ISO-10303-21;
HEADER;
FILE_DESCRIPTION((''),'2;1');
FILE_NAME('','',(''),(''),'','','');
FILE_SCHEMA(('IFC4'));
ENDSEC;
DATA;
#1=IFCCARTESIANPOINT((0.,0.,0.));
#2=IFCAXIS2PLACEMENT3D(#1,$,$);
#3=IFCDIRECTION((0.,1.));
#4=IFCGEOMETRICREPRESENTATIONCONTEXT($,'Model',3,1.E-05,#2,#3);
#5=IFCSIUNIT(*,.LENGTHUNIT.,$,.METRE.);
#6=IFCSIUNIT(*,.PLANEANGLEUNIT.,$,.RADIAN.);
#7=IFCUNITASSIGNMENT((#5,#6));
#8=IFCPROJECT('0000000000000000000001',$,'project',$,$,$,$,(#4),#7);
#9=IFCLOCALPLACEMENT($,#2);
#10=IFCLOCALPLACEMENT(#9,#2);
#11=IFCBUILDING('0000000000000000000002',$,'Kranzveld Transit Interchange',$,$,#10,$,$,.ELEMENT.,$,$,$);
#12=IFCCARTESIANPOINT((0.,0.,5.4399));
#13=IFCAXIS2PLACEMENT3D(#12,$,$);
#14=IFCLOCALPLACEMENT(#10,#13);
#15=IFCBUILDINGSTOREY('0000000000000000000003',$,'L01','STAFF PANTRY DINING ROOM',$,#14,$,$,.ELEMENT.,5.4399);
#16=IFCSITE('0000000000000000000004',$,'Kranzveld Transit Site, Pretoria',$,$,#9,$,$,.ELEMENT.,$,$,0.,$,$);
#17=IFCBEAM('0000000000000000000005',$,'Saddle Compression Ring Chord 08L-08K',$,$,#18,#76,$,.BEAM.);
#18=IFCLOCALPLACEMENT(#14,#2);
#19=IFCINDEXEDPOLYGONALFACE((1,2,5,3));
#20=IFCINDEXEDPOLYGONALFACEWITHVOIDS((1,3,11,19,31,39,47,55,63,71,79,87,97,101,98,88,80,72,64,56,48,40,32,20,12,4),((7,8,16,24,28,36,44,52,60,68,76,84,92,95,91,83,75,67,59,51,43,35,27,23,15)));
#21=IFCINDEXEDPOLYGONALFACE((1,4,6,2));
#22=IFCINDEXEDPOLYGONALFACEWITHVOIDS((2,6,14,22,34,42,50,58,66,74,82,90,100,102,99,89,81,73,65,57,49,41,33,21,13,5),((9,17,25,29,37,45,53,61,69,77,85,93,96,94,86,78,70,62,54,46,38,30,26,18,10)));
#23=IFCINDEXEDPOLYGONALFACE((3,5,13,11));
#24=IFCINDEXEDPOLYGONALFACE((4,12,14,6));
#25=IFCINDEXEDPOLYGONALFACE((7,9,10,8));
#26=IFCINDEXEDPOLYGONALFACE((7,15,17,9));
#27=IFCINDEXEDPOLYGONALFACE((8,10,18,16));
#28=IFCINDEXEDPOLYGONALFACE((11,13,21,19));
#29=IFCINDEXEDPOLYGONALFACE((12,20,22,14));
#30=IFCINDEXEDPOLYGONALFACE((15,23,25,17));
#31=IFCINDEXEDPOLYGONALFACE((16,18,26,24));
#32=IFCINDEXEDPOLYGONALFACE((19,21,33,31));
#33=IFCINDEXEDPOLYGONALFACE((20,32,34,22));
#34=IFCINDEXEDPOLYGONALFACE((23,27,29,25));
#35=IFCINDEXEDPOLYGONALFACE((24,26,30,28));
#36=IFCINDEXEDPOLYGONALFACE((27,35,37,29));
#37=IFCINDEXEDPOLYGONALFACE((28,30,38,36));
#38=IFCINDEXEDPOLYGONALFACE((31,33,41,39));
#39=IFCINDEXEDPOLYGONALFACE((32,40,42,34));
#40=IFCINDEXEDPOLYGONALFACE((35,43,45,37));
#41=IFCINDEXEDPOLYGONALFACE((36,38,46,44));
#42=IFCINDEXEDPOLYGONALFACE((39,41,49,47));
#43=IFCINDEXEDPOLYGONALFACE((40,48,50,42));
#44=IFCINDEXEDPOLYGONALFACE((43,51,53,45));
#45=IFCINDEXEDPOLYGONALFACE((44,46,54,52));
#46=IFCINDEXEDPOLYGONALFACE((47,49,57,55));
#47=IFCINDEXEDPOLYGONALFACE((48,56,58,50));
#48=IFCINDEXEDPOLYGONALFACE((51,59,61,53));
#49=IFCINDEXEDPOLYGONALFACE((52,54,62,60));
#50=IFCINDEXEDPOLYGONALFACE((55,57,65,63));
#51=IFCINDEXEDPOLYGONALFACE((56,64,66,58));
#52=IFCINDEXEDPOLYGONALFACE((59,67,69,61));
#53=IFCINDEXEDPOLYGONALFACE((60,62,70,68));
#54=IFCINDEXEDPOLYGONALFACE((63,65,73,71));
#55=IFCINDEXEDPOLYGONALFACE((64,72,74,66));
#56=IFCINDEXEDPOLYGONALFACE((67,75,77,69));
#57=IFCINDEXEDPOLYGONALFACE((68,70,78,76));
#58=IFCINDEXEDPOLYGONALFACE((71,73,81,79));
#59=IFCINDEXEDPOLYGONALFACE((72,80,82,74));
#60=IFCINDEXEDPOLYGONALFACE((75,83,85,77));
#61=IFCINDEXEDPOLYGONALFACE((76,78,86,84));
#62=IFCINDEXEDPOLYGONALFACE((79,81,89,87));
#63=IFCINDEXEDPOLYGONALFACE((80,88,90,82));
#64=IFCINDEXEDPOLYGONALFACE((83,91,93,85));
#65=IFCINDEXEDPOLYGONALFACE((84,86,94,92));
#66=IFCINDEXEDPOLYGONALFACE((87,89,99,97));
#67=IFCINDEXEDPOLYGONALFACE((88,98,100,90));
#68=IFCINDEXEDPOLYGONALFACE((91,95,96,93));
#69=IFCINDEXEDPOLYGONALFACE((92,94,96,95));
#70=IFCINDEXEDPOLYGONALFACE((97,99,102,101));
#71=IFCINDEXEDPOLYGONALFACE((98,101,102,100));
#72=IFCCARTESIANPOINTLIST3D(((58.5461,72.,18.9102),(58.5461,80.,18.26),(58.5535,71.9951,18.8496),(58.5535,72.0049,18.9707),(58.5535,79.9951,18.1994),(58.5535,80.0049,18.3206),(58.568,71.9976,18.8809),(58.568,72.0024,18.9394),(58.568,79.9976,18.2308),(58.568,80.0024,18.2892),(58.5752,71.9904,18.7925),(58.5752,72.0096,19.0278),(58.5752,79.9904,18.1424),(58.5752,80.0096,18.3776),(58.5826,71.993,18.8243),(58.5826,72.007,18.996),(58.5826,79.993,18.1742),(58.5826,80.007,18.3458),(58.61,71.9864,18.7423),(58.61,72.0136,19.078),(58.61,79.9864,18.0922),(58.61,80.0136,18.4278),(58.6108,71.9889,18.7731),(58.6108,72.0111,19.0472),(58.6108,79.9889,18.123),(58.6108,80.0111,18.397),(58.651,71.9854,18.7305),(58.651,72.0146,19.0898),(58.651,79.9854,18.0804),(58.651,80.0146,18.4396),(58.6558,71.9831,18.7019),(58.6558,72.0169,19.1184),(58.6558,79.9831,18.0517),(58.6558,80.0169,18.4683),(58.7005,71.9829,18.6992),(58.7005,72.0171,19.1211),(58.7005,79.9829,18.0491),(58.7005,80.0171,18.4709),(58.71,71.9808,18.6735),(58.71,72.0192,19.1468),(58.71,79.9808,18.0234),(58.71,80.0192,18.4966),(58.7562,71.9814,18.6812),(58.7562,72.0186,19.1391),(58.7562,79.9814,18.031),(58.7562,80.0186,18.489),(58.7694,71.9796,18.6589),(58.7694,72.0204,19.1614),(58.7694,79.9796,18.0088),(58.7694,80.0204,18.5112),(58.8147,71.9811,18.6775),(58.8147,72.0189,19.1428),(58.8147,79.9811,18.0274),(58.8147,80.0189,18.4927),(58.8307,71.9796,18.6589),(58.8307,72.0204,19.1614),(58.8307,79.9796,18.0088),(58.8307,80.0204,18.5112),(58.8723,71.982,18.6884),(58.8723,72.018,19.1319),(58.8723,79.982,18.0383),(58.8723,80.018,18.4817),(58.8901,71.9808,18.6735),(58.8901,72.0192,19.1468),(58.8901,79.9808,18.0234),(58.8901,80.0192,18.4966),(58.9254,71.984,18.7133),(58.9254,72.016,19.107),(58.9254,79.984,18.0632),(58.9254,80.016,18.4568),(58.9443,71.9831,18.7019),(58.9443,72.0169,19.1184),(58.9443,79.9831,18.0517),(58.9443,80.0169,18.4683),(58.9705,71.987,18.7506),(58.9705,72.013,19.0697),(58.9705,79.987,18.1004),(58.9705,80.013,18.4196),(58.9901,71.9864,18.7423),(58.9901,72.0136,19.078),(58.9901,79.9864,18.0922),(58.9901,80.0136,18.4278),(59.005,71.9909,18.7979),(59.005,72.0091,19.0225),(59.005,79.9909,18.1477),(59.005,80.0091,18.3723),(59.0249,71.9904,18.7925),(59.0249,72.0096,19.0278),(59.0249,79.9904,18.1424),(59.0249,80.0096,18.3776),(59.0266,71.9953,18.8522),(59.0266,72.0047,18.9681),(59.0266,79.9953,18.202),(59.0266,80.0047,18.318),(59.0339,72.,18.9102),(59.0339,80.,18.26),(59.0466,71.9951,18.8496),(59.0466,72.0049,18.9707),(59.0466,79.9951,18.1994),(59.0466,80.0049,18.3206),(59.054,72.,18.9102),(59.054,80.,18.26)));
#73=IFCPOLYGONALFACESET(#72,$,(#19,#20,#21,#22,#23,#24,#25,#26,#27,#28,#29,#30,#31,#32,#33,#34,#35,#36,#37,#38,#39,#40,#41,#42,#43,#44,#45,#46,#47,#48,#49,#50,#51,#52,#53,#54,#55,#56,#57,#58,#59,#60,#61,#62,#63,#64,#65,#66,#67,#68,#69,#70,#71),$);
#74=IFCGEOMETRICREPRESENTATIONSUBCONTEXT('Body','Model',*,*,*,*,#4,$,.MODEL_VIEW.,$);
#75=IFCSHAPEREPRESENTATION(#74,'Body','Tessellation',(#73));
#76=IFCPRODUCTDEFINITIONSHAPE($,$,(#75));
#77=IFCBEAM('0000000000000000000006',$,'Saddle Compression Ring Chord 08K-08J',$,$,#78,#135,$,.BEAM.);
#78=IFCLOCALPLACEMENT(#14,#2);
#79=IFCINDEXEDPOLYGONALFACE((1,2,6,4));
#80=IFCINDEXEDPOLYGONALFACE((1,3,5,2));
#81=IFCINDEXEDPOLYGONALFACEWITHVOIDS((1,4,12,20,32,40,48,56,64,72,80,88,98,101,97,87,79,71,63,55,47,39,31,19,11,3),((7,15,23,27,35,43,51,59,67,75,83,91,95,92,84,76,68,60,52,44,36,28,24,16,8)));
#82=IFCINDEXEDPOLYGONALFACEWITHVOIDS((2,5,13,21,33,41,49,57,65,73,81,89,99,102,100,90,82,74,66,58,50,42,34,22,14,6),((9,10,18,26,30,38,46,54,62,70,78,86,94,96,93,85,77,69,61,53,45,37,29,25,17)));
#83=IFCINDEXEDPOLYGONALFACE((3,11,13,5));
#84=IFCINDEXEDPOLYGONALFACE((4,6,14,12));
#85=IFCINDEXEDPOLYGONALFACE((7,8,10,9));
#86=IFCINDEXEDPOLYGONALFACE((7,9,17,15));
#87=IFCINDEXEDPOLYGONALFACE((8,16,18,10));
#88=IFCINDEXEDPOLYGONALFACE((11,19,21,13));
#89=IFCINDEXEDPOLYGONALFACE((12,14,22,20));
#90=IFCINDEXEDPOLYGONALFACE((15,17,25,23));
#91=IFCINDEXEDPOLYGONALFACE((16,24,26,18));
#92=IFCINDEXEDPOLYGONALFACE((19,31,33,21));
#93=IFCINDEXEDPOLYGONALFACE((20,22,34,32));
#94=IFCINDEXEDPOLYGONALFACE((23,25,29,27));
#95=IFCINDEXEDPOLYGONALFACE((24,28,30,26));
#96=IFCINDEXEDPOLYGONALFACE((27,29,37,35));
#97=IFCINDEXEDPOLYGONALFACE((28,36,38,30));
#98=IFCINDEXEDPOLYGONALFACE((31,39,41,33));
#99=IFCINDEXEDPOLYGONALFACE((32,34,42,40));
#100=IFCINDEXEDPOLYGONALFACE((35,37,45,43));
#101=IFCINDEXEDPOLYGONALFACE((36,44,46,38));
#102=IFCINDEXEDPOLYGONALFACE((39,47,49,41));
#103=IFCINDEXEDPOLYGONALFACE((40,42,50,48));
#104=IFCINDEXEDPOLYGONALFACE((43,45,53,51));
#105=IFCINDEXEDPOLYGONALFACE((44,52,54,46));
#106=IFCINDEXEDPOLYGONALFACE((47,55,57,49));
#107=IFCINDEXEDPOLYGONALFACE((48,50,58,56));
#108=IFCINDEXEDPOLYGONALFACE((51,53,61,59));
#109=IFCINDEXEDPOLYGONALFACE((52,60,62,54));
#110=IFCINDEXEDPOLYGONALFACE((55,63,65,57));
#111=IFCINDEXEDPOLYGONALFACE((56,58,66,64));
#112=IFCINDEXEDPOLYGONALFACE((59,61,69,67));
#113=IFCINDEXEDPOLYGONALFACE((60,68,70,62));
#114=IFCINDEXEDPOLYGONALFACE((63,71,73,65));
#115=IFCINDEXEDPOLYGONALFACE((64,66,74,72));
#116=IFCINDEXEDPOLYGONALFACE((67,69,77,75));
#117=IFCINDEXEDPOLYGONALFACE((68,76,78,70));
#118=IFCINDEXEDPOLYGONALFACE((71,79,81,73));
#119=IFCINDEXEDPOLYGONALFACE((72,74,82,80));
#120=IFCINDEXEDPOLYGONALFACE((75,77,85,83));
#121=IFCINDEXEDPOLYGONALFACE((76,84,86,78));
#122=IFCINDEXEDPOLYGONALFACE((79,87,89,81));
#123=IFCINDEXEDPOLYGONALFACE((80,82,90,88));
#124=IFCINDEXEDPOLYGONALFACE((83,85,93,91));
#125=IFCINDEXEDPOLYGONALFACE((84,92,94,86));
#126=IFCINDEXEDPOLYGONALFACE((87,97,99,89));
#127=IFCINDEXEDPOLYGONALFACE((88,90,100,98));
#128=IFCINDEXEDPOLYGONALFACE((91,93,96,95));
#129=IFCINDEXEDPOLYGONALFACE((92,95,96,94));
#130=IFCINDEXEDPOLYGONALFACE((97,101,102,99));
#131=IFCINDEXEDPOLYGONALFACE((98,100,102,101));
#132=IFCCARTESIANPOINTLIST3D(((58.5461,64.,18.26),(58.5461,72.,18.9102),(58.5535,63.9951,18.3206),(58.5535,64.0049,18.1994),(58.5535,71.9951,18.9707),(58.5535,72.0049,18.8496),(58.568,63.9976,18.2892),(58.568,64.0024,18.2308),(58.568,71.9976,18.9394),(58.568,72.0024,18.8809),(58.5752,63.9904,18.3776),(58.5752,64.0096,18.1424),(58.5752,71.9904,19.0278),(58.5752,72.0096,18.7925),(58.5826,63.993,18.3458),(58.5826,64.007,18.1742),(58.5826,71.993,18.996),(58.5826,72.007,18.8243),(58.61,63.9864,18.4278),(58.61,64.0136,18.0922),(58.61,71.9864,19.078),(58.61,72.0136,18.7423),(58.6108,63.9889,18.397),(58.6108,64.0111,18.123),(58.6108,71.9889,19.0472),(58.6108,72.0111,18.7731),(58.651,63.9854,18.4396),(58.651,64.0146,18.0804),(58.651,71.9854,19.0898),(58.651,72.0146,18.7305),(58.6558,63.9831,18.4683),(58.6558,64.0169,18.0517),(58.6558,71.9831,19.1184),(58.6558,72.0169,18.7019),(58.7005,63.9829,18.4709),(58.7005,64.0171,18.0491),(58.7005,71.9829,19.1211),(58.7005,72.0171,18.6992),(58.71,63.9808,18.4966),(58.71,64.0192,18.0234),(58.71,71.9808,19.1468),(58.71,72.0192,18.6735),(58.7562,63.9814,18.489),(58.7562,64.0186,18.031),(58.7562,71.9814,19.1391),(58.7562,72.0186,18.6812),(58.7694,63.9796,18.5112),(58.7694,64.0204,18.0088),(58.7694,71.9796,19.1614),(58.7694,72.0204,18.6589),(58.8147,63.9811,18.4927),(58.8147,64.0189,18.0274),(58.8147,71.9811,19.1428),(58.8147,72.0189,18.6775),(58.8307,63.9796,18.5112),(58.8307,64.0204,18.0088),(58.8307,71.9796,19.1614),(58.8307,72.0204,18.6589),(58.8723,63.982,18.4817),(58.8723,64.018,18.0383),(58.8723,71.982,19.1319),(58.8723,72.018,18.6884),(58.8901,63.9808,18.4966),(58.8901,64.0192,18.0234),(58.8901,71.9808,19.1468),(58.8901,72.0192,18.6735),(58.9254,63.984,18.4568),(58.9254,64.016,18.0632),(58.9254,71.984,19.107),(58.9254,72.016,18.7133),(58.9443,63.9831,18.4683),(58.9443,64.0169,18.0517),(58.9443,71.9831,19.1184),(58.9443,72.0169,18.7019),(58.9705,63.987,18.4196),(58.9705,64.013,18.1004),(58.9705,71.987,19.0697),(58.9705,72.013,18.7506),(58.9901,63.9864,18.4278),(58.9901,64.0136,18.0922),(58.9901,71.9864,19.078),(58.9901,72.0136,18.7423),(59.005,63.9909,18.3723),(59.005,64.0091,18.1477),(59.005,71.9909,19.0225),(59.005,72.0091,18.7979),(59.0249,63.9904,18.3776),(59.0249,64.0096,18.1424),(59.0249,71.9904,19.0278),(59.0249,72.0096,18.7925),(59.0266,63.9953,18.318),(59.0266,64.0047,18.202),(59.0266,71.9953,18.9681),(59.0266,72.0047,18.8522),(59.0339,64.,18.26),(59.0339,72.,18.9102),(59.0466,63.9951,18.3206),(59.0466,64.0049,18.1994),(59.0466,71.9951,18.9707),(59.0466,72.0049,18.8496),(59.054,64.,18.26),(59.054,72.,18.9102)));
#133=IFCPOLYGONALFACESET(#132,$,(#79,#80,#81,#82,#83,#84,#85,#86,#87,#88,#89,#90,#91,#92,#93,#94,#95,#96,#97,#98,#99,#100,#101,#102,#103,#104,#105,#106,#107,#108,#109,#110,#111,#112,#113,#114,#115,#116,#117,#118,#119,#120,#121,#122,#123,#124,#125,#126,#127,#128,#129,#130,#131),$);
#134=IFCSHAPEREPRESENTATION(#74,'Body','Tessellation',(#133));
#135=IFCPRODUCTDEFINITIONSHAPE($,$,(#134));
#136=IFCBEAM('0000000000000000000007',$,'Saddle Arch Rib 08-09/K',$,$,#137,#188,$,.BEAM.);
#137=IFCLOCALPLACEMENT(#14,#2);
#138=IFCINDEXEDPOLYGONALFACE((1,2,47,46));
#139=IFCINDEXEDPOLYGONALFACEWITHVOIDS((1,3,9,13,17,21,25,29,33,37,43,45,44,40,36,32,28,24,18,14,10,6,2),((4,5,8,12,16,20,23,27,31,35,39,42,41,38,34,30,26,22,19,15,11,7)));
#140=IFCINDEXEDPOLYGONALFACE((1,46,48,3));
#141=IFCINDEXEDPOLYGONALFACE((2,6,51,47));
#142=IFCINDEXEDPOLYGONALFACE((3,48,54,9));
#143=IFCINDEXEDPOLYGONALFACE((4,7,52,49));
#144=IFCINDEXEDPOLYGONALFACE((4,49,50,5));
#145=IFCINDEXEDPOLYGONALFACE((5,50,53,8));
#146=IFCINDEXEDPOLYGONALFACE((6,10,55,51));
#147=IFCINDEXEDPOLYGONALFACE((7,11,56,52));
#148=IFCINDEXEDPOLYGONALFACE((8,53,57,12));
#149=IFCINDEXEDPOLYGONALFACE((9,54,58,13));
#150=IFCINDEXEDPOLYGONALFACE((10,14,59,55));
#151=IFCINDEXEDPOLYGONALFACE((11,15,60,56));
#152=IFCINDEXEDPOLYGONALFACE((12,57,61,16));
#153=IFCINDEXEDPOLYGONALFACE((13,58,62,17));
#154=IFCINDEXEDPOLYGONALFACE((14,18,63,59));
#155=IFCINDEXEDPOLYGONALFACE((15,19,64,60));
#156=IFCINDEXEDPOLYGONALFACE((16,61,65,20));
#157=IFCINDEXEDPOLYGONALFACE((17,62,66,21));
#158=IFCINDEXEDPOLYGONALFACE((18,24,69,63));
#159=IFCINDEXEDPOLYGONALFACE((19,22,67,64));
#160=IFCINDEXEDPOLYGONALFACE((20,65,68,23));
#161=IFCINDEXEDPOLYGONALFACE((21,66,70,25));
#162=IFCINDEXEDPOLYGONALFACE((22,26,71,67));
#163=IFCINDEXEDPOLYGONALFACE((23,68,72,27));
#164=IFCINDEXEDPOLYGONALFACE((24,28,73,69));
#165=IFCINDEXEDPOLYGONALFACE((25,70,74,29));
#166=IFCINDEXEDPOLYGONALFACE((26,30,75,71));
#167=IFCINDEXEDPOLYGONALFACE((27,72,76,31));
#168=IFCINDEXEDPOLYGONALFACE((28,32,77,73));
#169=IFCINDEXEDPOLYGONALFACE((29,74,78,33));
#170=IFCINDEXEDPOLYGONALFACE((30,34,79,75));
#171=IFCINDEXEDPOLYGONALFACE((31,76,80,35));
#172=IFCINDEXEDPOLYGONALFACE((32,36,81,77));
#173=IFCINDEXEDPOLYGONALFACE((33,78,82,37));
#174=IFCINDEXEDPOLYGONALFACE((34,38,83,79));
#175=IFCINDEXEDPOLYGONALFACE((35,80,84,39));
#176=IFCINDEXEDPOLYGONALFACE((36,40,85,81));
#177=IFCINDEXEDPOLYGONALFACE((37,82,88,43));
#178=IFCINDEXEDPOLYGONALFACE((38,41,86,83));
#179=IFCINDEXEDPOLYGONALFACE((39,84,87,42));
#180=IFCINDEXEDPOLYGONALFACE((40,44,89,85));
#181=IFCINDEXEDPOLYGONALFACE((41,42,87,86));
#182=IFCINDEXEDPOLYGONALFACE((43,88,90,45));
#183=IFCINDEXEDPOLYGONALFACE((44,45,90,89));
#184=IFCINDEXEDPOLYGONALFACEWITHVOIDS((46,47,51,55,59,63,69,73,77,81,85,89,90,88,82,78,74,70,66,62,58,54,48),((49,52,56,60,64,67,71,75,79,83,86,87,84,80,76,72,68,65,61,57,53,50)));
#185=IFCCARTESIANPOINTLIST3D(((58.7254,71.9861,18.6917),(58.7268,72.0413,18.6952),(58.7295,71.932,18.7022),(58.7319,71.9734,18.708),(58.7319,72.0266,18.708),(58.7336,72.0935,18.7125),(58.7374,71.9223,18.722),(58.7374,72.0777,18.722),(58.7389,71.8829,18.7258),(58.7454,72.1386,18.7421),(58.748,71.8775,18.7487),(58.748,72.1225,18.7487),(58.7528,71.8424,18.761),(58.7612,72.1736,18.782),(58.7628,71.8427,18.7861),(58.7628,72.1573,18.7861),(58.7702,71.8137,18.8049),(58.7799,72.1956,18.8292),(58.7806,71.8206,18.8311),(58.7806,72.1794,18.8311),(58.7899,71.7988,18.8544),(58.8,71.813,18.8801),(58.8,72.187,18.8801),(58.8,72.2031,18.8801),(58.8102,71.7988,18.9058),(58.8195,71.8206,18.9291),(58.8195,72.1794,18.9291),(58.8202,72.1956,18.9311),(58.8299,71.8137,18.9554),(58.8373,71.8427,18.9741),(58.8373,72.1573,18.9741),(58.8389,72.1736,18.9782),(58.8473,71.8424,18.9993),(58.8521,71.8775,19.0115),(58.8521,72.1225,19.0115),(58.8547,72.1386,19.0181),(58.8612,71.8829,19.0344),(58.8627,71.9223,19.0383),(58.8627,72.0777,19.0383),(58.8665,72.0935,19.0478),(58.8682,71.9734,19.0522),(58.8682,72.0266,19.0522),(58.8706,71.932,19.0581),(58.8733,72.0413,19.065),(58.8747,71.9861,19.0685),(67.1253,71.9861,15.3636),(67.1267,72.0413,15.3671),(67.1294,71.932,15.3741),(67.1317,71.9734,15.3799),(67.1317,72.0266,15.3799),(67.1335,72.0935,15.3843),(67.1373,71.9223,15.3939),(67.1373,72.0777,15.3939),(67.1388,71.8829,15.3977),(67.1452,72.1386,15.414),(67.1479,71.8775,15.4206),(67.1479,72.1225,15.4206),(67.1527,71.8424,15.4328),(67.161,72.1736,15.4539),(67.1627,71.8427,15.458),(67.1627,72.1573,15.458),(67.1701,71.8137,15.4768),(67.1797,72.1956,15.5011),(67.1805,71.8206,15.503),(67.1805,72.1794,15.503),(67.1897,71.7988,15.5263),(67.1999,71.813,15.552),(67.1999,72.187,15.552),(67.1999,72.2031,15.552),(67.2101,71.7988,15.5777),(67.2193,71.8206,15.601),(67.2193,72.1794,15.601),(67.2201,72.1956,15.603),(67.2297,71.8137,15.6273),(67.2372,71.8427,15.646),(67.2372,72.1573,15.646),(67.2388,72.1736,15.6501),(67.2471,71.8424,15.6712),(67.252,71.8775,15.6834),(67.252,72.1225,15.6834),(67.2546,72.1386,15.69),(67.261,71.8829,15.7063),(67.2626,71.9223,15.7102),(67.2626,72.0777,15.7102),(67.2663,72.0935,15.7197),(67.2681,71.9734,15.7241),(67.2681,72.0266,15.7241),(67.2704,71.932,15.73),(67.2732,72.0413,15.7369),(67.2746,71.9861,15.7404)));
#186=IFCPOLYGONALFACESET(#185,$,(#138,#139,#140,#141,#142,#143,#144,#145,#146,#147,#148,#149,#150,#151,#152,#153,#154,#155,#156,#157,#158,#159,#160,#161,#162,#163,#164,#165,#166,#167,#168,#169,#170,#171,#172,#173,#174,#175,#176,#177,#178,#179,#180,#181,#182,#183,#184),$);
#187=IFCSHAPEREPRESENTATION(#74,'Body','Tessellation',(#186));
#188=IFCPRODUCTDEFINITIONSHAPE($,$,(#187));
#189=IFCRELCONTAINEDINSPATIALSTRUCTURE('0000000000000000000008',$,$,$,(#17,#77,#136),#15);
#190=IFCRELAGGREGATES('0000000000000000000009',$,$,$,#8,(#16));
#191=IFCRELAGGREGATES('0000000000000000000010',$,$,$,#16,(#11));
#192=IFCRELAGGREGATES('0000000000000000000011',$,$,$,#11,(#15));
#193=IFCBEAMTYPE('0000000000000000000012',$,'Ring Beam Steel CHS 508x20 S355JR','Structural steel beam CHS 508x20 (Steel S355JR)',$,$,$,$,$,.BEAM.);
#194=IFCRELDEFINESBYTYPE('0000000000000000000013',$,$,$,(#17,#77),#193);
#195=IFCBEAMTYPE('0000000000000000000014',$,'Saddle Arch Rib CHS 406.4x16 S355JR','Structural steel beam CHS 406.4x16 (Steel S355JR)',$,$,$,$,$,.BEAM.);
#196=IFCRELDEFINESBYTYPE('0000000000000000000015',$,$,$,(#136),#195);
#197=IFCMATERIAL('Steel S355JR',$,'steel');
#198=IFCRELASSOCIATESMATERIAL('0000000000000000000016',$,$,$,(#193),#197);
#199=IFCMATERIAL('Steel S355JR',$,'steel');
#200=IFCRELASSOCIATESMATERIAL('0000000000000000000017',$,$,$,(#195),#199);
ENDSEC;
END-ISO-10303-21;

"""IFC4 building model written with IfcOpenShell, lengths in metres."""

from ifc_helpers import new_model, si_unit, direction, frame, origin, origin_2d, place, context, subcontext, project, spatial, hollow_circle, extrude, material, material_profile, profile_set, type_object, element, save


model = new_model("IFC4")

# Units and contexts
model_context = context("Model", 3, precision=1e-05, world=origin(), true_north=direction((0.0, 1.0)))
body_context = subcontext(model_context, "Body", "Model", "MODEL_VIEW")
ifc_project = project(units=[si_unit("LENGTHUNIT", "METRE"), si_unit("PLANEANGLEUNIT", "RADIAN")], contexts=[model_context])

# Site, building, storey
site_placement = place(None, origin())
site = spatial("IfcSite", under=ifc_project, at=site_placement, Name="Kranzveld Transit Site, Pretoria", CompositionType="ELEMENT", RefElevation=0.0)
building_placement = place(site_placement, origin())
building = spatial("IfcBuilding", under=site, at=building_placement, Name="Kranzveld Transit Interchange", CompositionType="ELEMENT")
storey_placement = place(building_placement, frame((0.0, 0.0, 5.4399)))
storey = spatial("IfcBuildingStorey", under=building, at=storey_placement, Name="L01", Description="STAFF PANTRY DINING ROOM", CompositionType="ELEMENT", Elevation=5.4399)

# Beams
ifc_material_1 = material(Name="Steel S355JR", Category="steel")
ifc_material_profile_1 = material_profile(ifc_material_1, hollow_circle(Radius=0.2539, WallThickness=0.02, at=origin_2d()), Name="CHS 508x20")
ifc_profile_set_1 = profile_set([ifc_material_profile_1], Name="Steel S355JR")
beam_type_1 = type_object("IfcBeamType", Name="Ring Beam Steel CHS 508x20 S355JR", Description="Structural steel beam CHS 508x20 (Steel S355JR)", PredefinedType="BEAM", material=ifc_profile_set_1)
for number, where, z_axis, x_axis, name in (
    (1, (58.8, 80.0, 18.26), (0.0, -0.996714, 0.081001), (1.0, 0.0, 0.0), "Saddle Compression Ring Chord 08L-08K"),
    (2, (58.8, 72.0, 18.9102), (0.0, -0.996714, -0.081001), (1.0, 0.0, 0.0), "Saddle Compression Ring Chord 08K-08J"),
):
    element("IfcBeam", number, at=place(storey_placement, frame(where, z_axis=z_axis, x_axis=x_axis)), inside=storey, type_object=beam_type_1, Name=name, PredefinedType="BEAM", context=body_context, shape_type="SweptSolid", body=[
        extrude(hollow_circle(Radius=0.2539, WallThickness=0.02, at=origin_2d()), origin(), (0.0, 0.0, 1.0), 8.0264),
    ])
ifc_material_2 = material(Name="Steel S355JR", Category="steel")
ifc_material_profile_2 = material_profile(ifc_material_2, hollow_circle(Radius=0.2031, WallThickness=0.0161, at=origin_2d()), Name="CHS 406.4x16")
ifc_profile_set_2 = profile_set([ifc_material_profile_2], Name="Steel S355JR")
beam_type_2 = type_object("IfcBeamType", Name="Saddle Arch Rib CHS 406.4x16 S355JR", Description="Structural steel beam CHS 406.4x16 (Steel S355JR)", PredefinedType="BEAM", material=ifc_profile_set_2)
for number, where, z_axis, x_axis, name in (
    (3, (58.8, 72.0, 18.8801), (0.929687, 0.0, -0.368351), (0.0, 1.0, 0.0), "Saddle Arch Rib 08-09/K"),
):
    element("IfcBeam", number, at=place(storey_placement, frame(where, z_axis=z_axis, x_axis=x_axis)), inside=storey, type_object=beam_type_2, Name=name, PredefinedType="BEAM", context=body_context, shape_type="SweptSolid", body=[
        extrude(hollow_circle(Radius=0.2031, WallThickness=0.0161, at=origin_2d()), origin(), (0.0, 0.0, 1.0), 9.0352),
    ])

save(model, "model.ifc")
